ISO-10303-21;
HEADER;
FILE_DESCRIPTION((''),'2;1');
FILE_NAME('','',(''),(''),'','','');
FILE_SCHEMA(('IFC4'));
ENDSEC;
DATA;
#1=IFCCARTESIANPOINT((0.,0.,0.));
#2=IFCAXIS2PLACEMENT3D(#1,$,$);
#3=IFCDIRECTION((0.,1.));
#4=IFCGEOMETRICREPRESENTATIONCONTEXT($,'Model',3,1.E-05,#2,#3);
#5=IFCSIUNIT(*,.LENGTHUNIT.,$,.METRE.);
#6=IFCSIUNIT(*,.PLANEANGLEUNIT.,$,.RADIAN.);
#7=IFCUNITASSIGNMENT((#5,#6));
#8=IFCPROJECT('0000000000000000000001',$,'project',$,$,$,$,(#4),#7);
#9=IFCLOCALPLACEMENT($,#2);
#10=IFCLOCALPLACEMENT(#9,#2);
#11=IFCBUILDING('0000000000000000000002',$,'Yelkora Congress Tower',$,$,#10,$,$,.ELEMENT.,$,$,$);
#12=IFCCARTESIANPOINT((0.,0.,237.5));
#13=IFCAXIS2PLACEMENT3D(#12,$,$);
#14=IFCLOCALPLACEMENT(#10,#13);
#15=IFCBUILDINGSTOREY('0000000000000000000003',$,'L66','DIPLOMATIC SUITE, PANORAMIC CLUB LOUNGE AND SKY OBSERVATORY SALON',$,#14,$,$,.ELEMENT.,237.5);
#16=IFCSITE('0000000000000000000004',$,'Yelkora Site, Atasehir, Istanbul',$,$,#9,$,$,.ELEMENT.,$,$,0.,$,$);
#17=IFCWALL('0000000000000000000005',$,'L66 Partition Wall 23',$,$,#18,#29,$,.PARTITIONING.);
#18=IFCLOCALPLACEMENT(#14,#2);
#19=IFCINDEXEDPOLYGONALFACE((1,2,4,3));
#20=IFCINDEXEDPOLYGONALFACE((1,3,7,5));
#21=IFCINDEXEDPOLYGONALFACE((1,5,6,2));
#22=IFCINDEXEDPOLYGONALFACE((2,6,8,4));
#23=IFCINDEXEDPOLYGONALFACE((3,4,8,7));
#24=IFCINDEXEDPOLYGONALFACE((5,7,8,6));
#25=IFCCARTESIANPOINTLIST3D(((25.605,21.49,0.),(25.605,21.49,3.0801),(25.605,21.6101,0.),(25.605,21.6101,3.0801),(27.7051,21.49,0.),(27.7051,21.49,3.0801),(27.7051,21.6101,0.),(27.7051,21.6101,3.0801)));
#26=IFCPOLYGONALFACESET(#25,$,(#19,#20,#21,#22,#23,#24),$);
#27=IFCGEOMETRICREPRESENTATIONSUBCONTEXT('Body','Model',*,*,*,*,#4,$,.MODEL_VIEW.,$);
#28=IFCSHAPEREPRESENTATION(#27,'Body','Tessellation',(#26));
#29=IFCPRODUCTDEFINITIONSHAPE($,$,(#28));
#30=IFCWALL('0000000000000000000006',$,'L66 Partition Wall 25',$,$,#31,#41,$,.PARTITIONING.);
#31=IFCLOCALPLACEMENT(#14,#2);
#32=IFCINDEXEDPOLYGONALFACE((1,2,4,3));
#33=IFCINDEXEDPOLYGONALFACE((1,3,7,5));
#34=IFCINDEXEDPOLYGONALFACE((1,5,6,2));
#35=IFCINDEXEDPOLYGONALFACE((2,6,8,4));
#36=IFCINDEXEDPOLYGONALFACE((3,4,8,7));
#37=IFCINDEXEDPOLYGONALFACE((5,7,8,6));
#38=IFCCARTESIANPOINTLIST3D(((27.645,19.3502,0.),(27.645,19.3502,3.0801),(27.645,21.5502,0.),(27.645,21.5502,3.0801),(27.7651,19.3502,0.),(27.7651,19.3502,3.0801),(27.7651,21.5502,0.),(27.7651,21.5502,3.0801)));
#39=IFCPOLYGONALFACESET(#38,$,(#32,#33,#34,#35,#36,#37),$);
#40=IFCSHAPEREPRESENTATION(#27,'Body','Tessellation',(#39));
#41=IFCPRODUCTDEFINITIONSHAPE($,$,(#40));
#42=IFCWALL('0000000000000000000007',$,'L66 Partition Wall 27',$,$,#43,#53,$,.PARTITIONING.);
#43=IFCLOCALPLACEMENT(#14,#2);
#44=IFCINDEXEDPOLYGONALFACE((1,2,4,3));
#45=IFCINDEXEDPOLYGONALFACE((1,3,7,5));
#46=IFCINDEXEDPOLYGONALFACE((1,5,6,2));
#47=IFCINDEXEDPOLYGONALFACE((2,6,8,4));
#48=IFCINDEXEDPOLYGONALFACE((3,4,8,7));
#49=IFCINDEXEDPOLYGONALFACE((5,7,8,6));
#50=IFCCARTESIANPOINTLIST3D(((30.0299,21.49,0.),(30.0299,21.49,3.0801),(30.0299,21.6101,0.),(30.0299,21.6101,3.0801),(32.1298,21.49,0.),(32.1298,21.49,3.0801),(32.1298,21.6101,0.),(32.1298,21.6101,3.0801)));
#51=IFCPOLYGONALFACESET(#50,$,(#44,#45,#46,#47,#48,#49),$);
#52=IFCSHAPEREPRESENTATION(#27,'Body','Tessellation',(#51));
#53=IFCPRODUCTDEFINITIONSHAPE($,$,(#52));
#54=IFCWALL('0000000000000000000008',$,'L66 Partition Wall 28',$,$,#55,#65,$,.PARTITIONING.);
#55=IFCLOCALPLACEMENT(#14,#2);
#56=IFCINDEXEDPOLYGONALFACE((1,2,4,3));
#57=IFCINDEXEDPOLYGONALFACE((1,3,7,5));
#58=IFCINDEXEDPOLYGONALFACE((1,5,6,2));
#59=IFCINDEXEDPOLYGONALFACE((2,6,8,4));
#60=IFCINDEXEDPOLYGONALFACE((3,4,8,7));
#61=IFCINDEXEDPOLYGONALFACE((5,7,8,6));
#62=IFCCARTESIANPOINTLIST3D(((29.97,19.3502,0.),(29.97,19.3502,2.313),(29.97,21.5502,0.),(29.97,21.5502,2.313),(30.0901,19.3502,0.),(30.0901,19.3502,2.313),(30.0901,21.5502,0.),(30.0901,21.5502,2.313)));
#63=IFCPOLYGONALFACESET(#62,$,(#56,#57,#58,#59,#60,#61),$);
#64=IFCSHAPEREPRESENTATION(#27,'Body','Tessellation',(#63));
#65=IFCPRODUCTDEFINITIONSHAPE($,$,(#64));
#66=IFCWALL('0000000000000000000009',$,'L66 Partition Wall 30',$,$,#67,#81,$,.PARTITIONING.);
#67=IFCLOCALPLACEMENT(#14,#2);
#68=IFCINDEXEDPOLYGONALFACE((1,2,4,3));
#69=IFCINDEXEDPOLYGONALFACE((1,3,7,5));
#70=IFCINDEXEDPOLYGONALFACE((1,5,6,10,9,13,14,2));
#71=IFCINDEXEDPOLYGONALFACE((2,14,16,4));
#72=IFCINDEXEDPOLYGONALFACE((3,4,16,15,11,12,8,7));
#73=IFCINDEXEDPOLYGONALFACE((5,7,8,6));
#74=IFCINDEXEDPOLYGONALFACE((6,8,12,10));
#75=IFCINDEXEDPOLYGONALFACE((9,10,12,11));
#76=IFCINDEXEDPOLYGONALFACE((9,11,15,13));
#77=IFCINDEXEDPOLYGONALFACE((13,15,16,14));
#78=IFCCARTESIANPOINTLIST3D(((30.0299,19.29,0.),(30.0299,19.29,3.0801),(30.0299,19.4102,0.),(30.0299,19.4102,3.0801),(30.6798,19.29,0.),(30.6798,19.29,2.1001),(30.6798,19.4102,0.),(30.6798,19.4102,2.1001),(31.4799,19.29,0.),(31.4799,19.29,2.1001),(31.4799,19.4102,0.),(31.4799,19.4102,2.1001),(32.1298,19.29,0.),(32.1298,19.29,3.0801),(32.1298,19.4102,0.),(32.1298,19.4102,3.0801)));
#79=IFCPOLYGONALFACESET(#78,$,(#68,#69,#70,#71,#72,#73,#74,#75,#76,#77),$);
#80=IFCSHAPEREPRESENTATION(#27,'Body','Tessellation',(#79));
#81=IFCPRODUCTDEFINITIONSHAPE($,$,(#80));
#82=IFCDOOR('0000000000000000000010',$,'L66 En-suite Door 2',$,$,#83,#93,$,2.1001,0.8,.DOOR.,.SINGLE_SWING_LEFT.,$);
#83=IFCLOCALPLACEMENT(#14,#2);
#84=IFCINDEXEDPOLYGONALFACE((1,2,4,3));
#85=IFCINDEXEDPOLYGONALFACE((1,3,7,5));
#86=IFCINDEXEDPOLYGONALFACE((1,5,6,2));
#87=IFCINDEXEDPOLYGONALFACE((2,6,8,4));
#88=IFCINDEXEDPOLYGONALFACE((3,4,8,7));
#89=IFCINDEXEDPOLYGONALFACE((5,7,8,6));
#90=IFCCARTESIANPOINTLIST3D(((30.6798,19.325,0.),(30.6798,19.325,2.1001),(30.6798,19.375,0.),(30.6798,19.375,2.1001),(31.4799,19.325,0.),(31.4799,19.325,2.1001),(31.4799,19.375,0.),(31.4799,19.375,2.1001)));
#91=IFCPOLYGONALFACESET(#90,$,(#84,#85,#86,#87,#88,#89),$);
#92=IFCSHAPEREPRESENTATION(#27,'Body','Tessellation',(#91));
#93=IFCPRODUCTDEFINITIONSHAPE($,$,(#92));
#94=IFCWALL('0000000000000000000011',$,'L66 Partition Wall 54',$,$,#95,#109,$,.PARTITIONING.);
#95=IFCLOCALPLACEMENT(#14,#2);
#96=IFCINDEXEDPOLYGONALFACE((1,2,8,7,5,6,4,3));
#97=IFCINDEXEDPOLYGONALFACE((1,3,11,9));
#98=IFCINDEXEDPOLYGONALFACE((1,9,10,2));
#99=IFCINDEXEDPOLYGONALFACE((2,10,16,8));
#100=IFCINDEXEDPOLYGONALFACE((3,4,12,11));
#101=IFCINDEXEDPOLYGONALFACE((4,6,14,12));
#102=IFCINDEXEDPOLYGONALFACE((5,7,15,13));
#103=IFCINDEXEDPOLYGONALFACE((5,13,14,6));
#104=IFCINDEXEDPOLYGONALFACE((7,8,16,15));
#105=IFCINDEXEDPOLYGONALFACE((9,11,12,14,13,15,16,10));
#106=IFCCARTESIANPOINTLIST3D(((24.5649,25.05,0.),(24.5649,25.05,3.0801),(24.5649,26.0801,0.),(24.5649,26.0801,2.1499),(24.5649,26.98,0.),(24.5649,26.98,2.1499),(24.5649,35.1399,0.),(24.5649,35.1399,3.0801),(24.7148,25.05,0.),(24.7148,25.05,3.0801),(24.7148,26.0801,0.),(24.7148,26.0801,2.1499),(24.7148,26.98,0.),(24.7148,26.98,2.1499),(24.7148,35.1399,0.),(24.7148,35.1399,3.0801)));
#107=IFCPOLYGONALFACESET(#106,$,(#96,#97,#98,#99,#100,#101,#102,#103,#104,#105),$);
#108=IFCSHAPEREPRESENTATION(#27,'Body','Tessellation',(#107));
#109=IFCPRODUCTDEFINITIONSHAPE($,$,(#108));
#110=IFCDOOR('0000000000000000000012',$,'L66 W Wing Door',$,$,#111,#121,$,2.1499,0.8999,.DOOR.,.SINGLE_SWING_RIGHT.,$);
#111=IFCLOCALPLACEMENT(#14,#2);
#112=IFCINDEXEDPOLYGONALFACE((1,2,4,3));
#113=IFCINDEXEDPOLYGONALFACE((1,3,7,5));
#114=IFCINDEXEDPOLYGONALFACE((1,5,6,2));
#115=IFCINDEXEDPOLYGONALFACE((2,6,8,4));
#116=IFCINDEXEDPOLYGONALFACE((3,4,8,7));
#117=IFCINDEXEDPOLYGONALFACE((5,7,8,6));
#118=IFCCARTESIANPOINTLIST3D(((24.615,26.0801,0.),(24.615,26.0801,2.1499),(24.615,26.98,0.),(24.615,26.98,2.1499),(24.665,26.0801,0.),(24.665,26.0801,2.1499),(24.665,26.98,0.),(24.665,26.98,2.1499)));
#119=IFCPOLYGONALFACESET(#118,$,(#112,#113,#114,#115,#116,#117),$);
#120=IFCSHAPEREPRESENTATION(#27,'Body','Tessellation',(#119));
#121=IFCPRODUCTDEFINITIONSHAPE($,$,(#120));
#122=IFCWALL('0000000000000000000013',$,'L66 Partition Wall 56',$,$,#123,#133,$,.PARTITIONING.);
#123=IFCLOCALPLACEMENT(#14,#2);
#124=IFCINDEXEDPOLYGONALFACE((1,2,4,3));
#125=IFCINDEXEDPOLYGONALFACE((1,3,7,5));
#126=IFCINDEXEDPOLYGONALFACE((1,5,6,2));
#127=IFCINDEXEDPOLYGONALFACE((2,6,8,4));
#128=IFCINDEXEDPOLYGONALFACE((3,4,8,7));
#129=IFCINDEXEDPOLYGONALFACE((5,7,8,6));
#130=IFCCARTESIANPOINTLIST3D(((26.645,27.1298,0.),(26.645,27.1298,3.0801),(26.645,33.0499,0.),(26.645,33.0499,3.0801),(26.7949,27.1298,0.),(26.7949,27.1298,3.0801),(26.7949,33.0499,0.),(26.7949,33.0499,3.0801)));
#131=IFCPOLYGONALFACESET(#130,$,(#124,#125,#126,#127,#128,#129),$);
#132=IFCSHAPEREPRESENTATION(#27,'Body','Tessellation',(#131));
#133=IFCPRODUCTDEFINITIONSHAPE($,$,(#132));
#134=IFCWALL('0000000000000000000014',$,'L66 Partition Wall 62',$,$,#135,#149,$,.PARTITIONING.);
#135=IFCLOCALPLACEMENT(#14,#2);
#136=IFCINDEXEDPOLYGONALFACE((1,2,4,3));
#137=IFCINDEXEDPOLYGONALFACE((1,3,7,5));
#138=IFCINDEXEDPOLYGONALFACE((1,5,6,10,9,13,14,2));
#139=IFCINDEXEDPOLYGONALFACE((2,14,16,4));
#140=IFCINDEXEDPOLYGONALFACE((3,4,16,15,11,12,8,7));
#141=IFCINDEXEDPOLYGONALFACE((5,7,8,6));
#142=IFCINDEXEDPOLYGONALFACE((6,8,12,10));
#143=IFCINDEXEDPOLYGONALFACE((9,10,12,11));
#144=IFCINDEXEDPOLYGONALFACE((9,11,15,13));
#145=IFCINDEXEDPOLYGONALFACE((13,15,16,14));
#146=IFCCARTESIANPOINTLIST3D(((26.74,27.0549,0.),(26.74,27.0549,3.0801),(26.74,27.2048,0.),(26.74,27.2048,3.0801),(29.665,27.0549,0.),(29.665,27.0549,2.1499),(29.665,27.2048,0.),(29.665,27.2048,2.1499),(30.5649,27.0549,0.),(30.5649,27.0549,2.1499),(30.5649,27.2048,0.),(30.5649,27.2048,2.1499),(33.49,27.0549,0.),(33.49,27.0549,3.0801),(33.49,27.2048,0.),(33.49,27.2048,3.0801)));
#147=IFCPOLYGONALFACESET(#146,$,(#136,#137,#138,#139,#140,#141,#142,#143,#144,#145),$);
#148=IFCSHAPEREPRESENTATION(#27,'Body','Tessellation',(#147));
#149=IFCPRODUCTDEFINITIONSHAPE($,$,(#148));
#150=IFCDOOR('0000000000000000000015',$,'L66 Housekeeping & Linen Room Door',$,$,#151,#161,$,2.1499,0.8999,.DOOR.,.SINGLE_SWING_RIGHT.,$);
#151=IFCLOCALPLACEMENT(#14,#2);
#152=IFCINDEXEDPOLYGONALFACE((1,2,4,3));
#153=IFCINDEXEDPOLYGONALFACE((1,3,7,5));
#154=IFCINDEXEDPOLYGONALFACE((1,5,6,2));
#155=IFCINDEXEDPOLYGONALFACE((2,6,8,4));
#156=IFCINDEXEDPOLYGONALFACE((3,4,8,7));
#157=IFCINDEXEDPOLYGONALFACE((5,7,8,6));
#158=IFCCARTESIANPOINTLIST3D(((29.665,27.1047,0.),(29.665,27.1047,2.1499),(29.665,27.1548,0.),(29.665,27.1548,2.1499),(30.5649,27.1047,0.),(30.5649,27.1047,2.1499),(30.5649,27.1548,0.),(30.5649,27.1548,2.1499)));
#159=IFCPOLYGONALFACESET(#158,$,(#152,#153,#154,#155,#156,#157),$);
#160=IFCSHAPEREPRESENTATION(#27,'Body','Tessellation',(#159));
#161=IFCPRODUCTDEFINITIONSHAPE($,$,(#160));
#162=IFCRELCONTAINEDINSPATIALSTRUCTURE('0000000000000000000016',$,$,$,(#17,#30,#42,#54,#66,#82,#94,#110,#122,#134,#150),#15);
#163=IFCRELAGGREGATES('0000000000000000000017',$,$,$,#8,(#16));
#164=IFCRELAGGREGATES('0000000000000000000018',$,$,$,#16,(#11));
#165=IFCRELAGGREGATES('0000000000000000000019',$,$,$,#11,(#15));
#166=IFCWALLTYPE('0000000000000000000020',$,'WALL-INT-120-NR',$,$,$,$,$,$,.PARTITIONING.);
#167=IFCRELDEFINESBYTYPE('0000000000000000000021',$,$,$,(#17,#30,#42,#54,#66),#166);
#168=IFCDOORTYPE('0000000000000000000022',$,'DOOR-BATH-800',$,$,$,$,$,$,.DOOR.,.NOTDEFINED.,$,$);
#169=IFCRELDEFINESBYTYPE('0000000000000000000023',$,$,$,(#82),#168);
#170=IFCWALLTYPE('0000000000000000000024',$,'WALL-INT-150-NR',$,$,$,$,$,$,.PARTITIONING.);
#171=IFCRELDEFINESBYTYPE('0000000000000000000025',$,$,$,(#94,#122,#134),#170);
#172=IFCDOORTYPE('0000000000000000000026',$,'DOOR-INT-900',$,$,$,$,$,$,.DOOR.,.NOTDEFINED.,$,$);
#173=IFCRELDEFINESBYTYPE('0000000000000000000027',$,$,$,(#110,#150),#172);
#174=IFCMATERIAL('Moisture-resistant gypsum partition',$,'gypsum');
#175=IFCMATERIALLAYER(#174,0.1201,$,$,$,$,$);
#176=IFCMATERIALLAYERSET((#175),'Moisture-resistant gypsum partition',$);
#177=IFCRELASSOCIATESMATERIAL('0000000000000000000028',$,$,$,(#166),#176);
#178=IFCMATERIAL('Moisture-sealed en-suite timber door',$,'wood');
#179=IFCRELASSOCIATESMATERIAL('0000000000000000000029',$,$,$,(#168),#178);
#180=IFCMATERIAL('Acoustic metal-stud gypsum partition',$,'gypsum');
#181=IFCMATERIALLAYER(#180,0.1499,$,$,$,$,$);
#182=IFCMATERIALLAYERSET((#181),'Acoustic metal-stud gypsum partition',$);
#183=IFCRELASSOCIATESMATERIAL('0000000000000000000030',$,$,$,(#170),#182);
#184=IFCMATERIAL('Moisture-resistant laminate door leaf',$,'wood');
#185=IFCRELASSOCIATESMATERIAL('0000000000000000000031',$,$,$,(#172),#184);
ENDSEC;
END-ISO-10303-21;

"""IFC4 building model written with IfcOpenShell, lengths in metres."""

from ifc_helpers import new_model, si_unit, direction, frame, frame_2d, origin, place, context, subcontext, project, spatial, rectangle, extrude, material, layer, layer_set, type_object, element, fill, save


model = new_model("IFC4")

# Units and contexts
model_context = context("Model", 3, precision=1e-05, world=origin(), true_north=direction((0.0, 1.0)))
body_context = subcontext(model_context, "Body", "Model", "MODEL_VIEW")
ifc_project = project(units=[si_unit("LENGTHUNIT", "METRE"), si_unit("PLANEANGLEUNIT", "RADIAN")], contexts=[model_context])

# Site, building, storey
site_placement = place(None, origin())
site = spatial("IfcSite", under=ifc_project, at=site_placement, Name="Yelkora Site, Atasehir, Istanbul", CompositionType="ELEMENT", RefElevation=0.0)
building_placement = place(site_placement, origin())
building = spatial("IfcBuilding", under=site, at=building_placement, Name="Yelkora Congress Tower", CompositionType="ELEMENT")
storey_placement = place(building_placement, frame((0.0, 0.0, 237.5)))
storey = spatial("IfcBuildingStorey", under=building, at=storey_placement, Name="L66", Description="DIPLOMATIC SUITE, PANORAMIC CLUB LOUNGE AND SKY OBSERVATORY SALON", CompositionType="ELEMENT", Elevation=237.5)

# Walls
ifc_material_1 = material(Name="Moisture-resistant gypsum partition", Category="gypsum")
ifc_layer_1 = layer(ifc_material_1, 0.1201)
ifc_layer_set_1 = layer_set([ifc_layer_1], Name="Moisture-resistant gypsum partition")
wall_type_1 = type_object("IfcWallType", Name="WALL-INT-120-NR", PredefinedType="PARTITIONING", material=ifc_layer_set_1)
wall_1_placement = place(storey_placement, frame((25.605, 21.55, 0.0), z_axis=(0.0, 0.0, 1.0), x_axis=(1.0, 0.0, 0.0)))
element("IfcWall", 1, at=wall_1_placement, inside=storey, type_object=wall_type_1, Name="L66 Partition Wall 23", PredefinedType="PARTITIONING", context=body_context, shape_type="SweptSolid", body=[
    extrude(rectangle(XDim=2.1001, YDim=0.1201, at=frame_2d((1.05, 0.0))), origin(), (0.0, 0.0, 1.0), 3.0801),
])
wall_2_placement = place(storey_placement, frame((27.7051, 19.3501, 0.0), z_axis=(0.0, 0.0, 1.0), x_axis=(0.0, 1.0, 0.0)))
element("IfcWall", 2, at=wall_2_placement, inside=storey, type_object=wall_type_1, Name="L66 Partition Wall 25", PredefinedType="PARTITIONING", context=body_context, shape_type="SweptSolid", body=[
    extrude(rectangle(XDim=2.2, YDim=0.1201, at=frame_2d((1.1001, 0.0))), origin(), (0.0, 0.0, 1.0), 3.0801),
])
wall_3_placement = place(storey_placement, frame((30.03, 21.55, 0.0), z_axis=(0.0, 0.0, 1.0), x_axis=(1.0, 0.0, 0.0)))
element("IfcWall", 3, at=wall_3_placement, inside=storey, type_object=wall_type_1, Name="L66 Partition Wall 27", PredefinedType="PARTITIONING", context=body_context, shape_type="SweptSolid", body=[
    extrude(rectangle(XDim=2.0999, YDim=0.1201, at=frame_2d((1.0498, 0.0))), origin(), (0.0, 0.0, 1.0), 3.0801),
])
wall_4_placement = place(storey_placement, frame((30.03, 19.3501, 0.0), z_axis=(0.0, 0.0, 1.0), x_axis=(0.0, 1.0, 0.0)))
element("IfcWall", 4, at=wall_4_placement, inside=storey, type_object=wall_type_1, Name="L66 Partition Wall 28", PredefinedType="PARTITIONING", context=body_context, shape_type="SweptSolid", body=[
    extrude(rectangle(XDim=2.2, YDim=0.1201, at=frame_2d((1.1001, 0.0))), origin(), (0.0, 0.0, 1.0), 2.313),
])

# Walls, openings, doors
wall_5_placement = place(storey_placement, frame((30.03, 19.3501, 0.0), z_axis=(0.0, 0.0, 1.0), x_axis=(1.0, 0.0, 0.0)))
wall_5 = element("IfcWall", 5, at=wall_5_placement, inside=storey, type_object=wall_type_1, Name="L66 Partition Wall 30", PredefinedType="PARTITIONING", context=body_context, shape_type="SweptSolid", body=[
    extrude(rectangle(XDim=2.0999, YDim=0.1201, at=frame_2d((1.0498, 0.0))), origin(), (0.0, 0.0, 1.0), 3.0801),
])
opening_1_placement = place(wall_5_placement, frame((0.6499, 0.0, 0.0)))
opening_1 = element("IfcOpeningElement", 6, at=opening_1_placement, cuts=wall_5, PredefinedType="OPENING", context=body_context, shape_type="SweptSolid", body=[
    extrude(rectangle(XDim=0.8, YDim=2.1001, at=frame_2d((0.3999, 1.05))), frame((0.0, 0.0701, 0.0), z_axis=(0.0, -1.0, 0.0), x_axis=(1.0, 0.0, 0.0)), (0.0, 0.0, 1.0), 0.1401),
])
ifc_material_2 = material(Name="Moisture-sealed en-suite timber door", Category="wood")
door_type_1 = type_object("IfcDoorType", Name="DOOR-BATH-800", OperationType="NOTDEFINED", PredefinedType="DOOR", material=ifc_material_2)
door_1_placement = place(opening_1_placement, origin())
door_1 = element("IfcDoor", 7, at=door_1_placement, inside=storey, type_object=door_type_1, Name="L66 En-suite Door 2", OperationType="SINGLE_SWING_LEFT", OverallHeight=2.1001, OverallWidth=0.8, PredefinedType="DOOR", context=body_context, shape_type="SweptSolid", body=[
    extrude(rectangle(XDim=0.8, YDim=2.1001, at=frame_2d((0.3999, 1.05))), frame((0.0, 0.0249, 0.0), z_axis=(0.0, -1.0, 0.0), x_axis=(1.0, 0.0, 0.0)), (0.0, 0.0, 1.0), 0.05),
])
fill(opening_1, door_1)
ifc_material_3 = material(Name="Acoustic metal-stud gypsum partition", Category="gypsum")
ifc_layer_2 = layer(ifc_material_3, 0.1499)
ifc_layer_set_2 = layer_set([ifc_layer_2], Name="Acoustic metal-stud gypsum partition")
wall_type_2 = type_object("IfcWallType", Name="WALL-INT-150-NR", PredefinedType="PARTITIONING", material=ifc_layer_set_2)
wall_6_placement = place(storey_placement, frame((24.6399, 25.05, 0.0), z_axis=(0.0, 0.0, 1.0), x_axis=(0.0, 1.0, 0.0)))
wall_6 = element("IfcWall", 8, at=wall_6_placement, inside=storey, type_object=wall_type_2, Name="L66 Partition Wall 54", PredefinedType="PARTITIONING", context=body_context, shape_type="SweptSolid", body=[
    extrude(rectangle(XDim=10.0898, YDim=0.1499, at=frame_2d((5.0449, 0.0))), origin(), (0.0, 0.0, 1.0), 3.0801),
])
opening_2_placement = place(wall_6_placement, frame((1.03, 0.0, 0.0)))
opening_2 = element("IfcOpeningElement", 9, at=opening_2_placement, cuts=wall_6, PredefinedType="OPENING", context=body_context, shape_type="SweptSolid", body=[
    extrude(rectangle(XDim=0.8999, YDim=2.1499, at=frame_2d((0.45, 1.075))), frame((0.0, 0.085, 0.0), z_axis=(0.0, -1.0, 0.0), x_axis=(1.0, 0.0, 0.0)), (0.0, 0.0, 1.0), 0.1699),
])
ifc_material_4 = material(Name="Moisture-resistant laminate door leaf", Category="wood")
door_type_2 = type_object("IfcDoorType", Name="DOOR-INT-900", OperationType="NOTDEFINED", PredefinedType="DOOR", material=ifc_material_4)
door_2_placement = place(opening_2_placement, origin())
door_2 = element("IfcDoor", 10, at=door_2_placement, inside=storey, type_object=door_type_2, Name="L66 W Wing Door", OperationType="SINGLE_SWING_RIGHT", OverallHeight=2.1499, OverallWidth=0.8999, PredefinedType="DOOR", context=body_context, shape_type="SweptSolid", body=[
    extrude(rectangle(XDim=0.8999, YDim=2.1499, at=frame_2d((0.45, 1.075))), frame((0.0, 0.0249, 0.0), z_axis=(0.0, -1.0, 0.0), x_axis=(1.0, 0.0, 0.0)), (0.0, 0.0, 1.0), 0.05),
])
fill(opening_2, door_2)

# Wall
wall_7_placement = place(storey_placement, frame((26.72, 27.1299, 0.0), z_axis=(0.0, 0.0, 1.0), x_axis=(0.0, 1.0, 0.0)))
element("IfcWall", 11, at=wall_7_placement, inside=storey, type_object=wall_type_2, Name="L66 Partition Wall 56", PredefinedType="PARTITIONING", context=body_context, shape_type="SweptSolid", body=[
    extrude(rectangle(XDim=5.9202, YDim=0.1499, at=frame_2d((2.96, 0.0))), origin(), (0.0, 0.0, 1.0), 3.0801),
])

# Wall, opening, door
wall_8_placement = place(storey_placement, frame((26.74, 27.1299, 0.0), z_axis=(0.0, 0.0, 1.0), x_axis=(1.0, 0.0, 0.0)))
wall_8 = element("IfcWall", 12, at=wall_8_placement, inside=storey, type_object=wall_type_2, Name="L66 Partition Wall 62", PredefinedType="PARTITIONING", context=body_context, shape_type="SweptSolid", body=[
    extrude(rectangle(XDim=6.75, YDim=0.1499, at=frame_2d((3.375, 0.0))), origin(), (0.0, 0.0, 1.0), 3.0801),
])
opening_3_placement = place(wall_8_placement, frame((2.925, 0.0, 0.0)))
opening_3 = element("IfcOpeningElement", 13, at=opening_3_placement, cuts=wall_8, PredefinedType="OPENING", context=body_context, shape_type="SweptSolid", body=[
    extrude(rectangle(XDim=0.8999, YDim=2.1499, at=frame_2d((0.45, 1.075))), frame((0.0, 0.085, 0.0), z_axis=(0.0, -1.0, 0.0), x_axis=(1.0, 0.0, 0.0)), (0.0, 0.0, 1.0), 0.1699),
])
door_3_placement = place(opening_3_placement, origin())
door_3 = element("IfcDoor", 14, at=door_3_placement, inside=storey, type_object=door_type_2, Name="L66 Housekeeping & Linen Room Door", OperationType="SINGLE_SWING_RIGHT", OverallHeight=2.1499, OverallWidth=0.8999, PredefinedType="DOOR", context=body_context, shape_type="SweptSolid", body=[
    extrude(rectangle(XDim=0.8999, YDim=2.1499, at=frame_2d((0.45, 1.075))), frame((0.0, 0.0249, 0.0), z_axis=(0.0, -1.0, 0.0), x_axis=(1.0, 0.0, 0.0)), (0.0, 0.0, 1.0), 0.05),
])
fill(opening_3, door_3)

save(model, "model.ifc")
